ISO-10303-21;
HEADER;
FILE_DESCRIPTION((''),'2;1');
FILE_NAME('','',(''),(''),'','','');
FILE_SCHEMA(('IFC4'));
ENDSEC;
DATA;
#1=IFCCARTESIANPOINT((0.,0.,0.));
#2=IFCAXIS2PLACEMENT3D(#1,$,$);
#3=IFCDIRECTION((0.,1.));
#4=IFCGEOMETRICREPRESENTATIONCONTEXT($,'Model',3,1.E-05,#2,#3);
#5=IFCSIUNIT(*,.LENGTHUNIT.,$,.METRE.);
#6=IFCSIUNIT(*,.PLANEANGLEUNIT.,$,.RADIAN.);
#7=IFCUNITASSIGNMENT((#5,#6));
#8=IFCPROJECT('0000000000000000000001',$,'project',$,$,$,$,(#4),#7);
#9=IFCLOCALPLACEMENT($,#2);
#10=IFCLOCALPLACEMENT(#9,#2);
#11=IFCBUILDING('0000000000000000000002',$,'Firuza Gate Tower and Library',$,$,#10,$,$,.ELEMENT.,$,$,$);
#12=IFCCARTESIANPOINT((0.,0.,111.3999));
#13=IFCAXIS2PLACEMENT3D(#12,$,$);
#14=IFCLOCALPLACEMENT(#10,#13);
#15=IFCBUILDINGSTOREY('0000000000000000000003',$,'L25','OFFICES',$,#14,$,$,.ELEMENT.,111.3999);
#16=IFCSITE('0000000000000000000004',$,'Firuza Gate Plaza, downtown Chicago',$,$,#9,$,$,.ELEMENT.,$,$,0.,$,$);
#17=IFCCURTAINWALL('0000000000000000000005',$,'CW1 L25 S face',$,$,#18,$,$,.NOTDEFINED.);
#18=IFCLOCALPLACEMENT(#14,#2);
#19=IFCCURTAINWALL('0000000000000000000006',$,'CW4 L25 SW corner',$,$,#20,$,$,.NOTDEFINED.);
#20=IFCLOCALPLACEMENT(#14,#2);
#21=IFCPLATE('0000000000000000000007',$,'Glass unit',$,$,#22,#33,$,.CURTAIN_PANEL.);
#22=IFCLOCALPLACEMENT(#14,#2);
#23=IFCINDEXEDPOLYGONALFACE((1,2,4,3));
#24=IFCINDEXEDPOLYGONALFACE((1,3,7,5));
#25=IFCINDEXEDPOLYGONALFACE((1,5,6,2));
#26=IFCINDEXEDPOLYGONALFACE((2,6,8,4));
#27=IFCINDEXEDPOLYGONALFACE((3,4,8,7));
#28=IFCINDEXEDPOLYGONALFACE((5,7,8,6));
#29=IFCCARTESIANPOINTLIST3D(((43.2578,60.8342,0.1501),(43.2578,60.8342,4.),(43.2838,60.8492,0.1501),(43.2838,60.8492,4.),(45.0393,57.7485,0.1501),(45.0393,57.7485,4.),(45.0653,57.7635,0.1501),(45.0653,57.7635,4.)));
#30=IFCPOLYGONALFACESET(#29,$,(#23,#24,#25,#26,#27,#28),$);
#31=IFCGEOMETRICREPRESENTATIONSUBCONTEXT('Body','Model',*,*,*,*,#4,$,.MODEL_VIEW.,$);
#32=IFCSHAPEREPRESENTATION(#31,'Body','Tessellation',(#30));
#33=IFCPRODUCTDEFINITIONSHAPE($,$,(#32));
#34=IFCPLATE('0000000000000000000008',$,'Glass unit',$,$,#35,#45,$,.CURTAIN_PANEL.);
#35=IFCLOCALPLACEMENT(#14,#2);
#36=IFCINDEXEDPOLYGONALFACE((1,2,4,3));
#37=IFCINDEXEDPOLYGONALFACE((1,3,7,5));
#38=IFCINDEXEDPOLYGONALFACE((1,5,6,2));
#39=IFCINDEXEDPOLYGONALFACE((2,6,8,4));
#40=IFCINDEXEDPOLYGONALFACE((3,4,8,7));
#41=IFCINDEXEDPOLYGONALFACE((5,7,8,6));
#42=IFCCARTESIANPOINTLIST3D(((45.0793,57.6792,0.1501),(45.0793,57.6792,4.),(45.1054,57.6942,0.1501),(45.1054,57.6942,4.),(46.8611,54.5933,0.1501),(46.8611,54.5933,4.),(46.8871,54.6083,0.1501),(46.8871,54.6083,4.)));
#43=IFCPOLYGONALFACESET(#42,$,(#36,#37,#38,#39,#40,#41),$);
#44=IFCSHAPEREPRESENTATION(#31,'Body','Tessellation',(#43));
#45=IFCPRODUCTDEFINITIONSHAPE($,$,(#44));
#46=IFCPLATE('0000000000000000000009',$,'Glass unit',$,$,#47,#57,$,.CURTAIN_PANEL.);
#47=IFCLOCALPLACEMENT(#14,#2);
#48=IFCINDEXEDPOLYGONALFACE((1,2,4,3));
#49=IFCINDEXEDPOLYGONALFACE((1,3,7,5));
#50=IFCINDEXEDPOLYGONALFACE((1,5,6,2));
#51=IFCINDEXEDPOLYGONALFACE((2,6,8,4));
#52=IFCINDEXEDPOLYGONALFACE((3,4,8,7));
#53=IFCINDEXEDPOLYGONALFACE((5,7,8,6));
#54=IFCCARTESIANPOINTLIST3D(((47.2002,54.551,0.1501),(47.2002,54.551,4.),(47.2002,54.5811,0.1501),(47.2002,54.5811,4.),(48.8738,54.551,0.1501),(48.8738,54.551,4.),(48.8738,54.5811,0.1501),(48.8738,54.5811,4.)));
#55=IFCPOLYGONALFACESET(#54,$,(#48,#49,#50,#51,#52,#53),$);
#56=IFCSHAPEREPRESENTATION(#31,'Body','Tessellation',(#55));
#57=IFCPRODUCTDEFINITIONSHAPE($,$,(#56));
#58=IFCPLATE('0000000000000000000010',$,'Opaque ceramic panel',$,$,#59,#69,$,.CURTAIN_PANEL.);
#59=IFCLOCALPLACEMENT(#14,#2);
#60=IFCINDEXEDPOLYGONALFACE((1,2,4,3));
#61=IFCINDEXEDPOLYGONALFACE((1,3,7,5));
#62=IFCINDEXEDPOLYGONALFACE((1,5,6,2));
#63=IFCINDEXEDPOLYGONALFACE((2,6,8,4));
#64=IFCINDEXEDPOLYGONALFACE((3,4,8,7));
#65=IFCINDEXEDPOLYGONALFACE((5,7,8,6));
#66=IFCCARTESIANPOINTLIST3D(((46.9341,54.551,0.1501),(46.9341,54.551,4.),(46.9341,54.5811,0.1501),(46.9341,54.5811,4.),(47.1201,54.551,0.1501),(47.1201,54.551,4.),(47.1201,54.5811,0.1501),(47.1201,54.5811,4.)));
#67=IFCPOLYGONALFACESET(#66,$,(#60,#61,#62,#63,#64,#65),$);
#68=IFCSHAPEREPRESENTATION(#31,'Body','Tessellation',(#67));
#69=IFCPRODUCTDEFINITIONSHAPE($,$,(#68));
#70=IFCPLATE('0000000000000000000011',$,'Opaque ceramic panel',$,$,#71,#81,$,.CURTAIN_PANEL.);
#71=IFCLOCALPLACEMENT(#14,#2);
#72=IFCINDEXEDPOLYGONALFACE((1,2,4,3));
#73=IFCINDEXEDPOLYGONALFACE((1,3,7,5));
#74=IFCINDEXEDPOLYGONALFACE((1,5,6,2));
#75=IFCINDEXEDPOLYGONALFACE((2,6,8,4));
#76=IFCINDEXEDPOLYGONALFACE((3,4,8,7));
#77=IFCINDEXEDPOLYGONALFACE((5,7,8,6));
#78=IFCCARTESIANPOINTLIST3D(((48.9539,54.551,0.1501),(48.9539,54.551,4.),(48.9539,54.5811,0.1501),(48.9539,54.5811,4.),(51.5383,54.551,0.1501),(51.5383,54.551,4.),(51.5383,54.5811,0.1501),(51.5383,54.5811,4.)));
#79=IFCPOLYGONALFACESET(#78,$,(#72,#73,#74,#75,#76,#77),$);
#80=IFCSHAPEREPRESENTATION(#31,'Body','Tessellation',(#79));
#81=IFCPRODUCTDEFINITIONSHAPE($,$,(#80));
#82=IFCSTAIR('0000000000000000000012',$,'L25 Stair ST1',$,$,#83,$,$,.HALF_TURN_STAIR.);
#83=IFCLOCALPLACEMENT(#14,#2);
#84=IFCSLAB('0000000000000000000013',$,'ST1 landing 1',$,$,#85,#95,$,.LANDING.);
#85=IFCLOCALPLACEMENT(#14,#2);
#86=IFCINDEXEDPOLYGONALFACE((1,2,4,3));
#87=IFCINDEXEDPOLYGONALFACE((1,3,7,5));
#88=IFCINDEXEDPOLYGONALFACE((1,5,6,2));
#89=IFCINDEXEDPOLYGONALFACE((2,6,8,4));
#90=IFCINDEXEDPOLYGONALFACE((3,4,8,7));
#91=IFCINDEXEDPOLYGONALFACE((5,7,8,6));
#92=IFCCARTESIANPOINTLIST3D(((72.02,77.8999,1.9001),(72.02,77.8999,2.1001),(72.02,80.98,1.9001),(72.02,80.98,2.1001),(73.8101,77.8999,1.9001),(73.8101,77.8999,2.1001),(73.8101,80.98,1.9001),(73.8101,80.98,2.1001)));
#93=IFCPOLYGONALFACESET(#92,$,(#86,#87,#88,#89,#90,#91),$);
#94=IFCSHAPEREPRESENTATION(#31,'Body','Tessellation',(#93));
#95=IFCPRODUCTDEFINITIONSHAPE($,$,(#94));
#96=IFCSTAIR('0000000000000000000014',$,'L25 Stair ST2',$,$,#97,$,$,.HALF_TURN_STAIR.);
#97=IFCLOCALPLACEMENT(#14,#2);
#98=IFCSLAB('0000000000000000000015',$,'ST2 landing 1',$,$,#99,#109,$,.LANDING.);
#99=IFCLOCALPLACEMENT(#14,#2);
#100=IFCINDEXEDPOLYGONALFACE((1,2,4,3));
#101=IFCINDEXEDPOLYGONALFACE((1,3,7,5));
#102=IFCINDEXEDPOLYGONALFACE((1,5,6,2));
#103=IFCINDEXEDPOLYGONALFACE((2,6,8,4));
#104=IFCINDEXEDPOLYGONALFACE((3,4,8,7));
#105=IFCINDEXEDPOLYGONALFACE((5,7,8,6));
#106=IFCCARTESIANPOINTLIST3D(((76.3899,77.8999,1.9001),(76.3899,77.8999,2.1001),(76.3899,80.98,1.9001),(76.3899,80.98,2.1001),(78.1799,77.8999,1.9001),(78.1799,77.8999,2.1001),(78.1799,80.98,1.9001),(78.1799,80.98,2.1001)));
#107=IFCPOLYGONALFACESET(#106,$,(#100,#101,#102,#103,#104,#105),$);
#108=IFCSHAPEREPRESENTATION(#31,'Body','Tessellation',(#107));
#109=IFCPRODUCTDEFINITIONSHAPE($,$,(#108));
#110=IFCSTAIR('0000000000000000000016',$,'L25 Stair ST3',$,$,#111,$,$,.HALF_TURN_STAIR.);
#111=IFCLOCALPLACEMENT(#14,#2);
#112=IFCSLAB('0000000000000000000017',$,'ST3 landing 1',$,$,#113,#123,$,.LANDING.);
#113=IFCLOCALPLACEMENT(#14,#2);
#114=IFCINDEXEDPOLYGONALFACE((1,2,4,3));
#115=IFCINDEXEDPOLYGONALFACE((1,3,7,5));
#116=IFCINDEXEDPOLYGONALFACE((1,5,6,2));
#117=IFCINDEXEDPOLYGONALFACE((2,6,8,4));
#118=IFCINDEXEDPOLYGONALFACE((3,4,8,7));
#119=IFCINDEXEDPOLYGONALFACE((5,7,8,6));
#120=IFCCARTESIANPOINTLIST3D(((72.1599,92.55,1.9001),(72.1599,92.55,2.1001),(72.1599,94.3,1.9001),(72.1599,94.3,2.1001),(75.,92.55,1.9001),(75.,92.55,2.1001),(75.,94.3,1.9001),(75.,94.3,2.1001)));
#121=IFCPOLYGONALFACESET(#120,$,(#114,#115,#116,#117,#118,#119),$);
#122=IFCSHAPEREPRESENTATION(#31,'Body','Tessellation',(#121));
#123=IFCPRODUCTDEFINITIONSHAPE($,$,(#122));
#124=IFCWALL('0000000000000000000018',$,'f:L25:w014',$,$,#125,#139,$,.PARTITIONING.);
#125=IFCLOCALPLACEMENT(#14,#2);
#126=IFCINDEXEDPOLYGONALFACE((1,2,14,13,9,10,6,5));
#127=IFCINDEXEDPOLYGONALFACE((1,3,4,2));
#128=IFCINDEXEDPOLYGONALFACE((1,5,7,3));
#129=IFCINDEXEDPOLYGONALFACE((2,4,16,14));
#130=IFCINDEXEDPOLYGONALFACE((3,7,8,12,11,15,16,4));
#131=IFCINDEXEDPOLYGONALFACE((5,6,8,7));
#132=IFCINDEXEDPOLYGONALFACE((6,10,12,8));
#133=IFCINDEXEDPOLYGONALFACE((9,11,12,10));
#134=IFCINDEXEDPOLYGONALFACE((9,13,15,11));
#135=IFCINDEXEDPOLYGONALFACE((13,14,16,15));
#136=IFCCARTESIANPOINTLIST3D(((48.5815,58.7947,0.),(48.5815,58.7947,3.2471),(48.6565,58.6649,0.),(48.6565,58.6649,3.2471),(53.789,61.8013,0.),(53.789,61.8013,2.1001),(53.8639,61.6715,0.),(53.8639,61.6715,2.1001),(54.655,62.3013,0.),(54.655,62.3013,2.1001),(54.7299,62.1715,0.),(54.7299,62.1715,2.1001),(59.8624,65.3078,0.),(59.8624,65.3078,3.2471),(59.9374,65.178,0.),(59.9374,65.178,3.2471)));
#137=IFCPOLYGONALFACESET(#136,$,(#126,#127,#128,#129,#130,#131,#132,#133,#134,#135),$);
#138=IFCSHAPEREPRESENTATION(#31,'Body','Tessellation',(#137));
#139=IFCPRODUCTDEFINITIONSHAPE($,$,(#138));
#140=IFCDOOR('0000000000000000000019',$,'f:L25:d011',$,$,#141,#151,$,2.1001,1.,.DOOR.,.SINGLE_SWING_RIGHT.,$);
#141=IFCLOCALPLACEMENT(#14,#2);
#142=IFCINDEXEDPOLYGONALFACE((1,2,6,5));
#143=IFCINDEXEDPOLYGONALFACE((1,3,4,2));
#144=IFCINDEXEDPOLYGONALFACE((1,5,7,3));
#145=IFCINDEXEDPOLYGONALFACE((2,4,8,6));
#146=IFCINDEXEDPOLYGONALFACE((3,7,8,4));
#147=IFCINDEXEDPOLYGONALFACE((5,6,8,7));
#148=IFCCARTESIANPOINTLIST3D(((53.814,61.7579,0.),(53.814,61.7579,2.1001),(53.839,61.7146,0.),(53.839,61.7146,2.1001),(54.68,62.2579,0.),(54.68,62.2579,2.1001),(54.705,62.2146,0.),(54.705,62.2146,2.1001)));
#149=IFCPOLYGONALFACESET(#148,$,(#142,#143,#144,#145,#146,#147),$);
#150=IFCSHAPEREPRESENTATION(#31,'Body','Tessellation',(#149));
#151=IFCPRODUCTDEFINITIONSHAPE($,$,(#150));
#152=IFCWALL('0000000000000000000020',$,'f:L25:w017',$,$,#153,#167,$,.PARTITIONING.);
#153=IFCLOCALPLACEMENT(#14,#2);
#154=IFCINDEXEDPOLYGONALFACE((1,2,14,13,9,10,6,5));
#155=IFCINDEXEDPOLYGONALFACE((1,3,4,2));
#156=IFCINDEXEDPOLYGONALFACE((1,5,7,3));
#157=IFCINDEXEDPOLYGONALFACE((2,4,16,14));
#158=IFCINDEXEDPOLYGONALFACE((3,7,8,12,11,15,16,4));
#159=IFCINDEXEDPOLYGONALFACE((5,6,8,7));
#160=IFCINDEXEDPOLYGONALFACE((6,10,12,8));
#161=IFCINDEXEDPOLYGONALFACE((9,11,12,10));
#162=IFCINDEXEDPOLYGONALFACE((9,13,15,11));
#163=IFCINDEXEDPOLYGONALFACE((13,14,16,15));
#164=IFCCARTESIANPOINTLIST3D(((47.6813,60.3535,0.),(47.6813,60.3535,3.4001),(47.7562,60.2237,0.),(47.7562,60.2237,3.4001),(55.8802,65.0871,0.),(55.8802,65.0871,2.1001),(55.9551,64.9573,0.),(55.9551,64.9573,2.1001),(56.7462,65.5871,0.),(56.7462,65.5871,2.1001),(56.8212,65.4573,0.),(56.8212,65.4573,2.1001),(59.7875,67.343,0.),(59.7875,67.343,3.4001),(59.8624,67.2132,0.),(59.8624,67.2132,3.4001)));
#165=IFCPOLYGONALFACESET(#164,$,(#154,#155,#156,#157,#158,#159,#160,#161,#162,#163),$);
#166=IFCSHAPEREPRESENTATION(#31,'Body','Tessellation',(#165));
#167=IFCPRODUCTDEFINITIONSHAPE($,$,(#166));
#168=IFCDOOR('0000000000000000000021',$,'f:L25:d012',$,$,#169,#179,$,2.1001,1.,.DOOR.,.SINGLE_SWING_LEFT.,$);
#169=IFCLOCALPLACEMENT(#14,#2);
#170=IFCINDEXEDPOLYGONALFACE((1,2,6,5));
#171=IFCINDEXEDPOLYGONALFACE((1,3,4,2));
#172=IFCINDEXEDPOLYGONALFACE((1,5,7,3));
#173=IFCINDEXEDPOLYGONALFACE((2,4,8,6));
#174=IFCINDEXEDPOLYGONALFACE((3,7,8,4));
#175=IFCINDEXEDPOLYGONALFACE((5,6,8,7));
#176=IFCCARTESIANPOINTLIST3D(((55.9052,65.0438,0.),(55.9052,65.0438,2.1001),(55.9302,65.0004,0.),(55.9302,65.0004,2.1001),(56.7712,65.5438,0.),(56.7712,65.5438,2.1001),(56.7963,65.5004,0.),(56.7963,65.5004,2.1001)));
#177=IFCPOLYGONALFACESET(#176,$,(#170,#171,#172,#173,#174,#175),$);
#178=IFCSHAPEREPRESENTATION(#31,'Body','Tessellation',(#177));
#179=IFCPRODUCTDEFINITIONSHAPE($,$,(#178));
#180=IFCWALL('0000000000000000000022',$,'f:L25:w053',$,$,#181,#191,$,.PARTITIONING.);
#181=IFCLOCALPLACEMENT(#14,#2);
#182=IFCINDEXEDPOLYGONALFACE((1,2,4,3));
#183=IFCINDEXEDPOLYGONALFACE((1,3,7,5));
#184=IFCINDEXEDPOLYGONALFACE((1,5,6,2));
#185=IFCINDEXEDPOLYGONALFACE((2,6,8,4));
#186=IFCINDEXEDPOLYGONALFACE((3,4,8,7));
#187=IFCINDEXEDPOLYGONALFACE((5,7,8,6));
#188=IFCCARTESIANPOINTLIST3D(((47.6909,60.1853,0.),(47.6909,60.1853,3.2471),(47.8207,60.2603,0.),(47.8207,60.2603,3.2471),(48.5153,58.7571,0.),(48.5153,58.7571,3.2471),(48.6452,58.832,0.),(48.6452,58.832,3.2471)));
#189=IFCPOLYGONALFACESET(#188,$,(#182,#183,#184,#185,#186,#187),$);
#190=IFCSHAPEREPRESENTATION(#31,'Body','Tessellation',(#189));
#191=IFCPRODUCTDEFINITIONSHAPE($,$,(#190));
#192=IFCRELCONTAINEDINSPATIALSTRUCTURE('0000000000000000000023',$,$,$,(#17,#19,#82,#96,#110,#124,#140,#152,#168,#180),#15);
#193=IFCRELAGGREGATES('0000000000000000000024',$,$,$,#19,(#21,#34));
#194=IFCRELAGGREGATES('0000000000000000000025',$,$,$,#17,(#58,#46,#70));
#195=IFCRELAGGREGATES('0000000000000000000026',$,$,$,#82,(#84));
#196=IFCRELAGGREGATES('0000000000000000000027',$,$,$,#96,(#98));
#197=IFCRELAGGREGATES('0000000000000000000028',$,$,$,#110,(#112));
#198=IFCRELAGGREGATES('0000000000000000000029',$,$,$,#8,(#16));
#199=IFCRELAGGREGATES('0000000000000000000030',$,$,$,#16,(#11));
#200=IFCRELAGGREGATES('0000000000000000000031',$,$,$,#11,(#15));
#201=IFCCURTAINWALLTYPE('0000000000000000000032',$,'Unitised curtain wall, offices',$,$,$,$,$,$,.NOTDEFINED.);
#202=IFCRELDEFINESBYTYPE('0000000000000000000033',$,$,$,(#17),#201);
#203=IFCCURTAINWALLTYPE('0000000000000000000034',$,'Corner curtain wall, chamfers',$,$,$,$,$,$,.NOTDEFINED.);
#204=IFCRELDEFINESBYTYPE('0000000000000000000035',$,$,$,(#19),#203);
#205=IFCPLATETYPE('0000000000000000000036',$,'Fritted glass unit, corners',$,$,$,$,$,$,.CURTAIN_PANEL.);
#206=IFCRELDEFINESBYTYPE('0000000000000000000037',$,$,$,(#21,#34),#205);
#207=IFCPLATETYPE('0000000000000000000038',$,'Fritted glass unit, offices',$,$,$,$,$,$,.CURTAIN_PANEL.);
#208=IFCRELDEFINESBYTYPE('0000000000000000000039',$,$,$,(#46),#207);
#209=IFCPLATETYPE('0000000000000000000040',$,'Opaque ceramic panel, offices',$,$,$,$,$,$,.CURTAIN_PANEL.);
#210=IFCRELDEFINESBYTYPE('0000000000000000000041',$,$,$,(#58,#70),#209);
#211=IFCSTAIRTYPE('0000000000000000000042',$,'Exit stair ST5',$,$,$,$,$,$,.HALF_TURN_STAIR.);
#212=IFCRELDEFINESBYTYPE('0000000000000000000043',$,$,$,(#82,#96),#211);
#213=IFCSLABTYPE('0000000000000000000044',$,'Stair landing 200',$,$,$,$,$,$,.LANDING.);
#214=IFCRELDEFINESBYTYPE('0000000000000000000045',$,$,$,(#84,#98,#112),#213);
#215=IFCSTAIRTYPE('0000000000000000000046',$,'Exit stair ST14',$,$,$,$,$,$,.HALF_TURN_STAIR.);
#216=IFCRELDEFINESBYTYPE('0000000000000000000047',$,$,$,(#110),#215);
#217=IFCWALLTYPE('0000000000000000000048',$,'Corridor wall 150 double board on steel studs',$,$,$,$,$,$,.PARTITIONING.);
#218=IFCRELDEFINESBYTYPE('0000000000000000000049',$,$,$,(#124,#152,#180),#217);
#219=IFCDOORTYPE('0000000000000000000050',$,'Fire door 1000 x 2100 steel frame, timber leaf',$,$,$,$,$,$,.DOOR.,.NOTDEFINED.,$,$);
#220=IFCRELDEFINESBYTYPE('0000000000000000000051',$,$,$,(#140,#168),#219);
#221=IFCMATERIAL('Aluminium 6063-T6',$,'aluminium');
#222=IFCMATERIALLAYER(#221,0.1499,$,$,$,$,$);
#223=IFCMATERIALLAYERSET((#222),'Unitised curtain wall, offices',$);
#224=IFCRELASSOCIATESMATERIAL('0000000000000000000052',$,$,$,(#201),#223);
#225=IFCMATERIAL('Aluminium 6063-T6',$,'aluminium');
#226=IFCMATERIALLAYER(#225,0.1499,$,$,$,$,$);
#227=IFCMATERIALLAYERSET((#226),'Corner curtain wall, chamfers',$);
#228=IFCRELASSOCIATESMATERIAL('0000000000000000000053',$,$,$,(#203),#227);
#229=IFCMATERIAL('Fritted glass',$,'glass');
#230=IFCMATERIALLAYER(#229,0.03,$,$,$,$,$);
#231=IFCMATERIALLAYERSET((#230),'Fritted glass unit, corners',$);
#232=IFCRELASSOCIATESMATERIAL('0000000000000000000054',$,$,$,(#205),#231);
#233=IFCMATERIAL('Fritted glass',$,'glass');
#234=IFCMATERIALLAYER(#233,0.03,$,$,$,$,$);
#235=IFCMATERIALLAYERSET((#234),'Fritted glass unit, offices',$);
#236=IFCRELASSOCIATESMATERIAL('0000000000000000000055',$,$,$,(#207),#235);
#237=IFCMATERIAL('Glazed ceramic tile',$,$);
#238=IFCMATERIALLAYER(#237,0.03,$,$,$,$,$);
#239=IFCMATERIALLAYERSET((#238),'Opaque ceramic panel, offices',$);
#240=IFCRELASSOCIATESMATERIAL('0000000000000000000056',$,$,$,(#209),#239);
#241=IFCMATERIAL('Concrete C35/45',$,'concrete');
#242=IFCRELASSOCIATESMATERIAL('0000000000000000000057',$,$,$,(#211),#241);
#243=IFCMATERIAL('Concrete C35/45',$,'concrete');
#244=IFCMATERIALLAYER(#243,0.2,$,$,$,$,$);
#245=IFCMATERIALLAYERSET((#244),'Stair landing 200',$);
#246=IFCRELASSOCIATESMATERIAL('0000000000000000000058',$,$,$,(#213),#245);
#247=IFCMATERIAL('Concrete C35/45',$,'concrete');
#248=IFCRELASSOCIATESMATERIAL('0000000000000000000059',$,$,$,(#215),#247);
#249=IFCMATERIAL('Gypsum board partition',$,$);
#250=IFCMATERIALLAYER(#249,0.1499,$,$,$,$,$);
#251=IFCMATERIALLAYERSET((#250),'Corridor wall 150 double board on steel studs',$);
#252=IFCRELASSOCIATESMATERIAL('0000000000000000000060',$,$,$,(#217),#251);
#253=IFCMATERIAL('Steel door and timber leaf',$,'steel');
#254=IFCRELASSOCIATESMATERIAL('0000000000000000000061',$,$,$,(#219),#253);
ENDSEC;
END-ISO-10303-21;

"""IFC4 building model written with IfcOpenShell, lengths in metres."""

from ifc_helpers import new_model, si_unit, direction, frame, frame_2d, origin, place, context, subcontext, project, spatial, polyline, rectangle, outline, extrude, material, layer, layer_set, type_object, element, fill, aggregate, save


model = new_model("IFC4")

# Units and contexts
model_context = context("Model", 3, precision=1e-05, world=origin(), true_north=direction((0.0, 1.0)))
body_context = subcontext(model_context, "Body", "Model", "MODEL_VIEW")
ifc_project = project(units=[si_unit("LENGTHUNIT", "METRE"), si_unit("PLANEANGLEUNIT", "RADIAN")], contexts=[model_context])

# Site, building, storey
site_placement = place(None, origin())
site = spatial("IfcSite", under=ifc_project, at=site_placement, Name="Firuza Gate Plaza, downtown Chicago", CompositionType="ELEMENT", RefElevation=0.0)
building_placement = place(site_placement, origin())
building = spatial("IfcBuilding", under=site, at=building_placement, Name="Firuza Gate Tower and Library", CompositionType="ELEMENT")
storey_placement = place(building_placement, frame((0.0, 0.0, 111.3999)))
storey = spatial("IfcBuildingStorey", under=building, at=storey_placement, Name="L25", Description="OFFICES", CompositionType="ELEMENT", Elevation=111.3999)

# Curtain walls
ifc_material_1 = material(Name="Aluminium 6063-T6", Category="aluminium")
ifc_layer_1 = layer(ifc_material_1, 0.1499)
ifc_layer_set_1 = layer_set([ifc_layer_1], Name="Unitised curtain wall, offices")
curtain_wall_type_1 = type_object("IfcCurtainWallType", Name="Unitised curtain wall, offices", PredefinedType="NOTDEFINED", material=ifc_layer_set_1)
placement_1 = place(storey_placement, origin())
curtain_wall_1 = element("IfcCurtainWall", 1, at=placement_1, inside=storey, type_object=curtain_wall_type_1, Name="CW1 L25 S face", PredefinedType="NOTDEFINED")
ifc_material_2 = material(Name="Aluminium 6063-T6", Category="aluminium")
ifc_layer_2 = layer(ifc_material_2, 0.1499)
ifc_layer_set_2 = layer_set([ifc_layer_2], Name="Corner curtain wall, chamfers")
curtain_wall_type_2 = type_object("IfcCurtainWallType", Name="Corner curtain wall, chamfers", PredefinedType="NOTDEFINED", material=ifc_layer_set_2)
curtain_wall_2 = element("IfcCurtainWall", 2, at=placement_1, inside=storey, type_object=curtain_wall_type_2, Name="CW4 L25 SW corner", PredefinedType="NOTDEFINED")

# Plates
ifc_material_3 = material(Name="Fritted glass", Category="glass")
ifc_layer_3 = layer(ifc_material_3, 0.03)
ifc_layer_set_3 = layer_set([ifc_layer_3], Name="Fritted glass unit, corners")
plate_type_1 = type_object("IfcPlateType", Name="Fritted glass unit, corners", PredefinedType="CURTAIN_PANEL", material=ifc_layer_set_3)
plate_1_placement = place(storey_placement, frame((43.2578, 60.8342, 0.1501), z_axis=(-0.866029, -0.499993, 0.0), x_axis=(0.499993, -0.866029, 0.0)))
plate_1 = element("IfcPlate", 3, at=plate_1_placement, type_object=plate_type_1, Name="Glass unit", PredefinedType="CURTAIN_PANEL", context=body_context, shape_type="SweptSolid", body=[
    extrude(outline(polyline([(0.0, 0.0), (3.563, 0.0), (3.563, 3.8499), (0.0, 3.8499), (0.0, 0.0)])), origin(), (0.0, 0.0, -1.0), 0.03),
])
plate_2_placement = place(storey_placement, frame((45.0793, 57.6792, 0.1501), z_axis=(-0.866017, -0.500015, 0.0), x_axis=(0.500015, -0.866017, 0.0)))
plate_2 = element("IfcPlate", 4, at=plate_2_placement, type_object=plate_type_1, Name="Glass unit", PredefinedType="CURTAIN_PANEL", context=body_context, shape_type="SweptSolid", body=[
    extrude(outline(polyline([(0.0, 0.0), (3.5634, 0.0), (3.5634, 3.8499), (0.0, 3.8499), (0.0, 0.0)])), origin(), (0.0, 0.0, -1.0), 0.03),
])
aggregate(curtain_wall_2, [plate_1, plate_2])
ifc_material_4 = material(Name="Fritted glass", Category="glass")
ifc_layer_4 = layer(ifc_material_4, 0.03)
ifc_layer_set_4 = layer_set([ifc_layer_4], Name="Fritted glass unit, offices")
plate_type_2 = type_object("IfcPlateType", Name="Fritted glass unit, offices", PredefinedType="CURTAIN_PANEL", material=ifc_layer_set_4)
plate_3_placement = place(storey_placement, frame((47.2002, 54.551, 0.1501), z_axis=(0.0, -1.0, 0.0), x_axis=(1.0, 0.0, 0.0)))
plate_3 = element("IfcPlate", 5, at=plate_3_placement, type_object=plate_type_2, Name="Glass unit", PredefinedType="CURTAIN_PANEL", context=body_context, shape_type="SweptSolid", body=[
    extrude(outline(polyline([(0.0, 0.0), (1.6736, 0.0), (1.6736, 3.8499), (0.0, 3.8499), (0.0, 0.0)])), origin(), (0.0, 0.0, -1.0), 0.03),
])
ifc_material_5 = material(Name="Glazed ceramic tile")
ifc_layer_5 = layer(ifc_material_5, 0.03)
ifc_layer_set_5 = layer_set([ifc_layer_5], Name="Opaque ceramic panel, offices")
plate_type_3 = type_object("IfcPlateType", Name="Opaque ceramic panel, offices", PredefinedType="CURTAIN_PANEL", material=ifc_layer_set_5)
plate_4_placement = place(storey_placement, frame((46.9341, 54.551, 0.1501), z_axis=(0.0, -1.0, 0.0), x_axis=(1.0, 0.0, 0.0)))
plate_4 = element("IfcPlate", 6, at=plate_4_placement, type_object=plate_type_3, Name="Opaque ceramic panel", PredefinedType="CURTAIN_PANEL", context=body_context, shape_type="SweptSolid", body=[
    extrude(outline(polyline([(0.0, 0.0), (0.186, 0.0), (0.186, 3.8499), (0.0, 3.8499), (0.0, 0.0)])), origin(), (0.0, 0.0, -1.0), 0.03),
])
plate_5_placement = place(storey_placement, frame((48.9539, 54.551, 0.1501), z_axis=(0.0, -1.0, 0.0), x_axis=(1.0, 0.0, 0.0)))
plate_5 = element("IfcPlate", 7, at=plate_5_placement, type_object=plate_type_3, Name="Opaque ceramic panel", PredefinedType="CURTAIN_PANEL", context=body_context, shape_type="SweptSolid", body=[
    extrude(outline(polyline([(0.0, 0.0), (2.5845, 0.0), (2.5845, 3.8499), (0.0, 3.8499), (0.0, 0.0)])), origin(), (0.0, 0.0, -1.0), 0.03),
])
aggregate(curtain_wall_1, [plate_4, plate_3, plate_5])

# Stairs, slabs
ifc_material_6 = material(Name="Concrete C35/45", Category="concrete")
stair_type_1 = type_object("IfcStairType", Name="Exit stair ST5", PredefinedType="HALF_TURN_STAIR", material=ifc_material_6)
stair_1 = element("IfcStair", 8, at=placement_1, inside=storey, type_object=stair_type_1, Name="L25 Stair ST1", PredefinedType="HALF_TURN_STAIR")
ifc_material_7 = material(Name="Concrete C35/45", Category="concrete")
ifc_layer_6 = layer(ifc_material_7, 0.2)
ifc_layer_set_6 = layer_set([ifc_layer_6], Name="Stair landing 200")
slab_type_1 = type_object("IfcSlabType", Name="Stair landing 200", PredefinedType="LANDING", material=ifc_layer_set_6)
placement_2 = place(storey_placement, frame((0.0, 0.0, 1.9001)))
slab_1 = element("IfcSlab", 9, at=placement_2, type_object=slab_type_1, Name="ST1 landing 1", PredefinedType="LANDING", context=body_context, shape_type="SweptSolid", body=[
    extrude(outline(polyline([(72.02, 77.8999), (73.8101, 77.8999), (73.8101, 80.98), (72.02, 80.98), (72.02, 77.8999)])), origin(), (0.0, 0.0, 1.0), 0.2),
])
aggregate(stair_1, [slab_1])
stair_2 = element("IfcStair", 10, at=placement_1, inside=storey, type_object=stair_type_1, Name="L25 Stair ST2", PredefinedType="HALF_TURN_STAIR")
slab_2 = element("IfcSlab", 11, at=placement_2, type_object=slab_type_1, Name="ST2 landing 1", PredefinedType="LANDING", context=body_context, shape_type="SweptSolid", body=[
    extrude(outline(polyline([(78.1799, 80.98), (76.3899, 80.98), (76.3899, 77.8999), (78.1799, 77.8999), (78.1799, 80.98)])), origin(), (0.0, 0.0, 1.0), 0.2),
])
aggregate(stair_2, [slab_2])
ifc_material_8 = material(Name="Concrete C35/45", Category="concrete")
stair_type_2 = type_object("IfcStairType", Name="Exit stair ST14", PredefinedType="HALF_TURN_STAIR", material=ifc_material_8)
stair_3 = element("IfcStair", 12, at=placement_1, inside=storey, type_object=stair_type_2, Name="L25 Stair ST3", PredefinedType="HALF_TURN_STAIR")
slab_3 = element("IfcSlab", 13, at=placement_2, type_object=slab_type_1, Name="ST3 landing 1", PredefinedType="LANDING", context=body_context, shape_type="SweptSolid", body=[
    extrude(outline(polyline([(75.0, 92.55), (75.0, 94.3), (72.1599, 94.3), (72.1599, 92.55), (75.0, 92.55)])), origin(), (0.0, 0.0, 1.0), 0.2),
])
aggregate(stair_3, [slab_3])

# Walls, openings, doors
ifc_material_9 = material(Name="Gypsum board partition")
ifc_layer_7 = layer(ifc_material_9, 0.1499)
ifc_layer_set_7 = layer_set([ifc_layer_7], Name="Corridor wall 150 double board on steel studs")
wall_type_1 = type_object("IfcWallType", Name="Corridor wall 150 double board on steel studs", PredefinedType="PARTITIONING", material=ifc_layer_set_7)
wall_1_placement = place(storey_placement, frame((48.6189, 58.7297, 0.0), z_axis=(0.0, 0.0, 1.0), x_axis=(0.866022, 0.500005, 0.0)))
wall_1 = element("IfcWall", 14, at=wall_1_placement, inside=storey, type_object=wall_type_1, Name="f:L25:w014", PredefinedType="PARTITIONING", context=body_context, shape_type="SweptSolid", body=[
    extrude(rectangle(XDim=13.0261, YDim=0.1499, at=frame_2d((6.5132, 0.0))), origin(), (0.0, 0.0, 1.0), 3.2471),
])
opening_1_placement = place(wall_1_placement, frame((6.0132, 0.0, 0.0)))
opening_1 = element("IfcOpeningElement", 15, at=opening_1_placement, cuts=wall_1, PredefinedType="OPENING", context=body_context, shape_type="SweptSolid", body=[
    extrude(rectangle(XDim=1.0, YDim=2.1001, at=frame_2d((0.5, 1.05))), frame((0.0, 0.085, 0.0), z_axis=(0.0, -1.0, 0.0), x_axis=(1.0, 0.0, 0.0)), (0.0, 0.0, 1.0), 0.1699),
])
ifc_material_10 = material(Name="Steel door and timber leaf", Category="steel")
door_type = type_object("IfcDoorType", Name="Fire door 1000 x 2100 steel frame, timber leaf", OperationType="NOTDEFINED", PredefinedType="DOOR", material=ifc_material_10)
door_1_placement = place(opening_1_placement, origin())
door_1 = element("IfcDoor", 16, at=door_1_placement, inside=storey, type_object=door_type, Name="f:L25:d011", OperationType="SINGLE_SWING_RIGHT", OverallHeight=2.1001, OverallWidth=1.0, PredefinedType="DOOR", context=body_context, shape_type="SweptSolid", body=[
    extrude(rectangle(XDim=1.0, YDim=2.1001, at=frame_2d((0.5, 1.05))), frame((0.0, 0.0249, 0.0), z_axis=(0.0, -1.0, 0.0), x_axis=(1.0, 0.0, 0.0)), (0.0, 0.0, 1.0), 0.05),
])
fill(opening_1, door_1)
wall_2_placement = place(storey_placement, frame((47.7188, 60.2886, 0.0), z_axis=(0.0, 0.0, 1.0), x_axis=(0.866026, 0.499999, 0.0)))
wall_2 = element("IfcWall", 17, at=wall_2_placement, inside=storey, type_object=wall_type_1, Name="f:L25:w017", PredefinedType="PARTITIONING", context=body_context, shape_type="SweptSolid", body=[
    extrude(rectangle(XDim=13.979, YDim=0.1499, at=frame_2d((6.9895, 0.0))), origin(), (0.0, 0.0, 1.0), 3.4001),
])
opening_2_placement = place(wall_2_placement, frame((9.4673, 0.0, 0.0)))
opening_2 = element("IfcOpeningElement", 18, at=opening_2_placement, cuts=wall_2, PredefinedType="OPENING", context=body_context, shape_type="SweptSolid", body=[
    extrude(rectangle(XDim=1.0, YDim=2.1001, at=frame_2d((0.5, 1.05))), frame((0.0, 0.085, 0.0), z_axis=(0.0, -1.0, 0.0), x_axis=(1.0, 0.0, 0.0)), (0.0, 0.0, 1.0), 0.1699),
])
door_2_placement = place(opening_2_placement, origin())
door_2 = element("IfcDoor", 19, at=door_2_placement, inside=storey, type_object=door_type, Name="f:L25:d012", OperationType="SINGLE_SWING_LEFT", OverallHeight=2.1001, OverallWidth=1.0, PredefinedType="DOOR", context=body_context, shape_type="SweptSolid", body=[
    extrude(rectangle(XDim=1.0, YDim=2.1001, at=frame_2d((0.5, 1.05))), frame((0.0, 0.0249, 0.0), z_axis=(0.0, -1.0, 0.0), x_axis=(1.0, 0.0, 0.0)), (0.0, 0.0, 1.0), 0.05),
])
fill(opening_2, door_2)

# Wall
wall_3_placement = place(storey_placement, frame((48.5803, 58.7944, 0.0), z_axis=(0.0, 0.0, 1.0), x_axis=(-0.499945, 0.866057, 0.0)))
element("IfcWall", 20, at=wall_3_placement, inside=storey, type_object=wall_type_1, Name="f:L25:w053", PredefinedType="PARTITIONING", context=body_context, shape_type="SweptSolid", body=[
    extrude(rectangle(XDim=1.6492, YDim=0.1499, at=frame_2d((0.8247, 0.0))), origin(), (0.0, 0.0, 1.0), 3.2471),
])

save(model, "model.ifc")
